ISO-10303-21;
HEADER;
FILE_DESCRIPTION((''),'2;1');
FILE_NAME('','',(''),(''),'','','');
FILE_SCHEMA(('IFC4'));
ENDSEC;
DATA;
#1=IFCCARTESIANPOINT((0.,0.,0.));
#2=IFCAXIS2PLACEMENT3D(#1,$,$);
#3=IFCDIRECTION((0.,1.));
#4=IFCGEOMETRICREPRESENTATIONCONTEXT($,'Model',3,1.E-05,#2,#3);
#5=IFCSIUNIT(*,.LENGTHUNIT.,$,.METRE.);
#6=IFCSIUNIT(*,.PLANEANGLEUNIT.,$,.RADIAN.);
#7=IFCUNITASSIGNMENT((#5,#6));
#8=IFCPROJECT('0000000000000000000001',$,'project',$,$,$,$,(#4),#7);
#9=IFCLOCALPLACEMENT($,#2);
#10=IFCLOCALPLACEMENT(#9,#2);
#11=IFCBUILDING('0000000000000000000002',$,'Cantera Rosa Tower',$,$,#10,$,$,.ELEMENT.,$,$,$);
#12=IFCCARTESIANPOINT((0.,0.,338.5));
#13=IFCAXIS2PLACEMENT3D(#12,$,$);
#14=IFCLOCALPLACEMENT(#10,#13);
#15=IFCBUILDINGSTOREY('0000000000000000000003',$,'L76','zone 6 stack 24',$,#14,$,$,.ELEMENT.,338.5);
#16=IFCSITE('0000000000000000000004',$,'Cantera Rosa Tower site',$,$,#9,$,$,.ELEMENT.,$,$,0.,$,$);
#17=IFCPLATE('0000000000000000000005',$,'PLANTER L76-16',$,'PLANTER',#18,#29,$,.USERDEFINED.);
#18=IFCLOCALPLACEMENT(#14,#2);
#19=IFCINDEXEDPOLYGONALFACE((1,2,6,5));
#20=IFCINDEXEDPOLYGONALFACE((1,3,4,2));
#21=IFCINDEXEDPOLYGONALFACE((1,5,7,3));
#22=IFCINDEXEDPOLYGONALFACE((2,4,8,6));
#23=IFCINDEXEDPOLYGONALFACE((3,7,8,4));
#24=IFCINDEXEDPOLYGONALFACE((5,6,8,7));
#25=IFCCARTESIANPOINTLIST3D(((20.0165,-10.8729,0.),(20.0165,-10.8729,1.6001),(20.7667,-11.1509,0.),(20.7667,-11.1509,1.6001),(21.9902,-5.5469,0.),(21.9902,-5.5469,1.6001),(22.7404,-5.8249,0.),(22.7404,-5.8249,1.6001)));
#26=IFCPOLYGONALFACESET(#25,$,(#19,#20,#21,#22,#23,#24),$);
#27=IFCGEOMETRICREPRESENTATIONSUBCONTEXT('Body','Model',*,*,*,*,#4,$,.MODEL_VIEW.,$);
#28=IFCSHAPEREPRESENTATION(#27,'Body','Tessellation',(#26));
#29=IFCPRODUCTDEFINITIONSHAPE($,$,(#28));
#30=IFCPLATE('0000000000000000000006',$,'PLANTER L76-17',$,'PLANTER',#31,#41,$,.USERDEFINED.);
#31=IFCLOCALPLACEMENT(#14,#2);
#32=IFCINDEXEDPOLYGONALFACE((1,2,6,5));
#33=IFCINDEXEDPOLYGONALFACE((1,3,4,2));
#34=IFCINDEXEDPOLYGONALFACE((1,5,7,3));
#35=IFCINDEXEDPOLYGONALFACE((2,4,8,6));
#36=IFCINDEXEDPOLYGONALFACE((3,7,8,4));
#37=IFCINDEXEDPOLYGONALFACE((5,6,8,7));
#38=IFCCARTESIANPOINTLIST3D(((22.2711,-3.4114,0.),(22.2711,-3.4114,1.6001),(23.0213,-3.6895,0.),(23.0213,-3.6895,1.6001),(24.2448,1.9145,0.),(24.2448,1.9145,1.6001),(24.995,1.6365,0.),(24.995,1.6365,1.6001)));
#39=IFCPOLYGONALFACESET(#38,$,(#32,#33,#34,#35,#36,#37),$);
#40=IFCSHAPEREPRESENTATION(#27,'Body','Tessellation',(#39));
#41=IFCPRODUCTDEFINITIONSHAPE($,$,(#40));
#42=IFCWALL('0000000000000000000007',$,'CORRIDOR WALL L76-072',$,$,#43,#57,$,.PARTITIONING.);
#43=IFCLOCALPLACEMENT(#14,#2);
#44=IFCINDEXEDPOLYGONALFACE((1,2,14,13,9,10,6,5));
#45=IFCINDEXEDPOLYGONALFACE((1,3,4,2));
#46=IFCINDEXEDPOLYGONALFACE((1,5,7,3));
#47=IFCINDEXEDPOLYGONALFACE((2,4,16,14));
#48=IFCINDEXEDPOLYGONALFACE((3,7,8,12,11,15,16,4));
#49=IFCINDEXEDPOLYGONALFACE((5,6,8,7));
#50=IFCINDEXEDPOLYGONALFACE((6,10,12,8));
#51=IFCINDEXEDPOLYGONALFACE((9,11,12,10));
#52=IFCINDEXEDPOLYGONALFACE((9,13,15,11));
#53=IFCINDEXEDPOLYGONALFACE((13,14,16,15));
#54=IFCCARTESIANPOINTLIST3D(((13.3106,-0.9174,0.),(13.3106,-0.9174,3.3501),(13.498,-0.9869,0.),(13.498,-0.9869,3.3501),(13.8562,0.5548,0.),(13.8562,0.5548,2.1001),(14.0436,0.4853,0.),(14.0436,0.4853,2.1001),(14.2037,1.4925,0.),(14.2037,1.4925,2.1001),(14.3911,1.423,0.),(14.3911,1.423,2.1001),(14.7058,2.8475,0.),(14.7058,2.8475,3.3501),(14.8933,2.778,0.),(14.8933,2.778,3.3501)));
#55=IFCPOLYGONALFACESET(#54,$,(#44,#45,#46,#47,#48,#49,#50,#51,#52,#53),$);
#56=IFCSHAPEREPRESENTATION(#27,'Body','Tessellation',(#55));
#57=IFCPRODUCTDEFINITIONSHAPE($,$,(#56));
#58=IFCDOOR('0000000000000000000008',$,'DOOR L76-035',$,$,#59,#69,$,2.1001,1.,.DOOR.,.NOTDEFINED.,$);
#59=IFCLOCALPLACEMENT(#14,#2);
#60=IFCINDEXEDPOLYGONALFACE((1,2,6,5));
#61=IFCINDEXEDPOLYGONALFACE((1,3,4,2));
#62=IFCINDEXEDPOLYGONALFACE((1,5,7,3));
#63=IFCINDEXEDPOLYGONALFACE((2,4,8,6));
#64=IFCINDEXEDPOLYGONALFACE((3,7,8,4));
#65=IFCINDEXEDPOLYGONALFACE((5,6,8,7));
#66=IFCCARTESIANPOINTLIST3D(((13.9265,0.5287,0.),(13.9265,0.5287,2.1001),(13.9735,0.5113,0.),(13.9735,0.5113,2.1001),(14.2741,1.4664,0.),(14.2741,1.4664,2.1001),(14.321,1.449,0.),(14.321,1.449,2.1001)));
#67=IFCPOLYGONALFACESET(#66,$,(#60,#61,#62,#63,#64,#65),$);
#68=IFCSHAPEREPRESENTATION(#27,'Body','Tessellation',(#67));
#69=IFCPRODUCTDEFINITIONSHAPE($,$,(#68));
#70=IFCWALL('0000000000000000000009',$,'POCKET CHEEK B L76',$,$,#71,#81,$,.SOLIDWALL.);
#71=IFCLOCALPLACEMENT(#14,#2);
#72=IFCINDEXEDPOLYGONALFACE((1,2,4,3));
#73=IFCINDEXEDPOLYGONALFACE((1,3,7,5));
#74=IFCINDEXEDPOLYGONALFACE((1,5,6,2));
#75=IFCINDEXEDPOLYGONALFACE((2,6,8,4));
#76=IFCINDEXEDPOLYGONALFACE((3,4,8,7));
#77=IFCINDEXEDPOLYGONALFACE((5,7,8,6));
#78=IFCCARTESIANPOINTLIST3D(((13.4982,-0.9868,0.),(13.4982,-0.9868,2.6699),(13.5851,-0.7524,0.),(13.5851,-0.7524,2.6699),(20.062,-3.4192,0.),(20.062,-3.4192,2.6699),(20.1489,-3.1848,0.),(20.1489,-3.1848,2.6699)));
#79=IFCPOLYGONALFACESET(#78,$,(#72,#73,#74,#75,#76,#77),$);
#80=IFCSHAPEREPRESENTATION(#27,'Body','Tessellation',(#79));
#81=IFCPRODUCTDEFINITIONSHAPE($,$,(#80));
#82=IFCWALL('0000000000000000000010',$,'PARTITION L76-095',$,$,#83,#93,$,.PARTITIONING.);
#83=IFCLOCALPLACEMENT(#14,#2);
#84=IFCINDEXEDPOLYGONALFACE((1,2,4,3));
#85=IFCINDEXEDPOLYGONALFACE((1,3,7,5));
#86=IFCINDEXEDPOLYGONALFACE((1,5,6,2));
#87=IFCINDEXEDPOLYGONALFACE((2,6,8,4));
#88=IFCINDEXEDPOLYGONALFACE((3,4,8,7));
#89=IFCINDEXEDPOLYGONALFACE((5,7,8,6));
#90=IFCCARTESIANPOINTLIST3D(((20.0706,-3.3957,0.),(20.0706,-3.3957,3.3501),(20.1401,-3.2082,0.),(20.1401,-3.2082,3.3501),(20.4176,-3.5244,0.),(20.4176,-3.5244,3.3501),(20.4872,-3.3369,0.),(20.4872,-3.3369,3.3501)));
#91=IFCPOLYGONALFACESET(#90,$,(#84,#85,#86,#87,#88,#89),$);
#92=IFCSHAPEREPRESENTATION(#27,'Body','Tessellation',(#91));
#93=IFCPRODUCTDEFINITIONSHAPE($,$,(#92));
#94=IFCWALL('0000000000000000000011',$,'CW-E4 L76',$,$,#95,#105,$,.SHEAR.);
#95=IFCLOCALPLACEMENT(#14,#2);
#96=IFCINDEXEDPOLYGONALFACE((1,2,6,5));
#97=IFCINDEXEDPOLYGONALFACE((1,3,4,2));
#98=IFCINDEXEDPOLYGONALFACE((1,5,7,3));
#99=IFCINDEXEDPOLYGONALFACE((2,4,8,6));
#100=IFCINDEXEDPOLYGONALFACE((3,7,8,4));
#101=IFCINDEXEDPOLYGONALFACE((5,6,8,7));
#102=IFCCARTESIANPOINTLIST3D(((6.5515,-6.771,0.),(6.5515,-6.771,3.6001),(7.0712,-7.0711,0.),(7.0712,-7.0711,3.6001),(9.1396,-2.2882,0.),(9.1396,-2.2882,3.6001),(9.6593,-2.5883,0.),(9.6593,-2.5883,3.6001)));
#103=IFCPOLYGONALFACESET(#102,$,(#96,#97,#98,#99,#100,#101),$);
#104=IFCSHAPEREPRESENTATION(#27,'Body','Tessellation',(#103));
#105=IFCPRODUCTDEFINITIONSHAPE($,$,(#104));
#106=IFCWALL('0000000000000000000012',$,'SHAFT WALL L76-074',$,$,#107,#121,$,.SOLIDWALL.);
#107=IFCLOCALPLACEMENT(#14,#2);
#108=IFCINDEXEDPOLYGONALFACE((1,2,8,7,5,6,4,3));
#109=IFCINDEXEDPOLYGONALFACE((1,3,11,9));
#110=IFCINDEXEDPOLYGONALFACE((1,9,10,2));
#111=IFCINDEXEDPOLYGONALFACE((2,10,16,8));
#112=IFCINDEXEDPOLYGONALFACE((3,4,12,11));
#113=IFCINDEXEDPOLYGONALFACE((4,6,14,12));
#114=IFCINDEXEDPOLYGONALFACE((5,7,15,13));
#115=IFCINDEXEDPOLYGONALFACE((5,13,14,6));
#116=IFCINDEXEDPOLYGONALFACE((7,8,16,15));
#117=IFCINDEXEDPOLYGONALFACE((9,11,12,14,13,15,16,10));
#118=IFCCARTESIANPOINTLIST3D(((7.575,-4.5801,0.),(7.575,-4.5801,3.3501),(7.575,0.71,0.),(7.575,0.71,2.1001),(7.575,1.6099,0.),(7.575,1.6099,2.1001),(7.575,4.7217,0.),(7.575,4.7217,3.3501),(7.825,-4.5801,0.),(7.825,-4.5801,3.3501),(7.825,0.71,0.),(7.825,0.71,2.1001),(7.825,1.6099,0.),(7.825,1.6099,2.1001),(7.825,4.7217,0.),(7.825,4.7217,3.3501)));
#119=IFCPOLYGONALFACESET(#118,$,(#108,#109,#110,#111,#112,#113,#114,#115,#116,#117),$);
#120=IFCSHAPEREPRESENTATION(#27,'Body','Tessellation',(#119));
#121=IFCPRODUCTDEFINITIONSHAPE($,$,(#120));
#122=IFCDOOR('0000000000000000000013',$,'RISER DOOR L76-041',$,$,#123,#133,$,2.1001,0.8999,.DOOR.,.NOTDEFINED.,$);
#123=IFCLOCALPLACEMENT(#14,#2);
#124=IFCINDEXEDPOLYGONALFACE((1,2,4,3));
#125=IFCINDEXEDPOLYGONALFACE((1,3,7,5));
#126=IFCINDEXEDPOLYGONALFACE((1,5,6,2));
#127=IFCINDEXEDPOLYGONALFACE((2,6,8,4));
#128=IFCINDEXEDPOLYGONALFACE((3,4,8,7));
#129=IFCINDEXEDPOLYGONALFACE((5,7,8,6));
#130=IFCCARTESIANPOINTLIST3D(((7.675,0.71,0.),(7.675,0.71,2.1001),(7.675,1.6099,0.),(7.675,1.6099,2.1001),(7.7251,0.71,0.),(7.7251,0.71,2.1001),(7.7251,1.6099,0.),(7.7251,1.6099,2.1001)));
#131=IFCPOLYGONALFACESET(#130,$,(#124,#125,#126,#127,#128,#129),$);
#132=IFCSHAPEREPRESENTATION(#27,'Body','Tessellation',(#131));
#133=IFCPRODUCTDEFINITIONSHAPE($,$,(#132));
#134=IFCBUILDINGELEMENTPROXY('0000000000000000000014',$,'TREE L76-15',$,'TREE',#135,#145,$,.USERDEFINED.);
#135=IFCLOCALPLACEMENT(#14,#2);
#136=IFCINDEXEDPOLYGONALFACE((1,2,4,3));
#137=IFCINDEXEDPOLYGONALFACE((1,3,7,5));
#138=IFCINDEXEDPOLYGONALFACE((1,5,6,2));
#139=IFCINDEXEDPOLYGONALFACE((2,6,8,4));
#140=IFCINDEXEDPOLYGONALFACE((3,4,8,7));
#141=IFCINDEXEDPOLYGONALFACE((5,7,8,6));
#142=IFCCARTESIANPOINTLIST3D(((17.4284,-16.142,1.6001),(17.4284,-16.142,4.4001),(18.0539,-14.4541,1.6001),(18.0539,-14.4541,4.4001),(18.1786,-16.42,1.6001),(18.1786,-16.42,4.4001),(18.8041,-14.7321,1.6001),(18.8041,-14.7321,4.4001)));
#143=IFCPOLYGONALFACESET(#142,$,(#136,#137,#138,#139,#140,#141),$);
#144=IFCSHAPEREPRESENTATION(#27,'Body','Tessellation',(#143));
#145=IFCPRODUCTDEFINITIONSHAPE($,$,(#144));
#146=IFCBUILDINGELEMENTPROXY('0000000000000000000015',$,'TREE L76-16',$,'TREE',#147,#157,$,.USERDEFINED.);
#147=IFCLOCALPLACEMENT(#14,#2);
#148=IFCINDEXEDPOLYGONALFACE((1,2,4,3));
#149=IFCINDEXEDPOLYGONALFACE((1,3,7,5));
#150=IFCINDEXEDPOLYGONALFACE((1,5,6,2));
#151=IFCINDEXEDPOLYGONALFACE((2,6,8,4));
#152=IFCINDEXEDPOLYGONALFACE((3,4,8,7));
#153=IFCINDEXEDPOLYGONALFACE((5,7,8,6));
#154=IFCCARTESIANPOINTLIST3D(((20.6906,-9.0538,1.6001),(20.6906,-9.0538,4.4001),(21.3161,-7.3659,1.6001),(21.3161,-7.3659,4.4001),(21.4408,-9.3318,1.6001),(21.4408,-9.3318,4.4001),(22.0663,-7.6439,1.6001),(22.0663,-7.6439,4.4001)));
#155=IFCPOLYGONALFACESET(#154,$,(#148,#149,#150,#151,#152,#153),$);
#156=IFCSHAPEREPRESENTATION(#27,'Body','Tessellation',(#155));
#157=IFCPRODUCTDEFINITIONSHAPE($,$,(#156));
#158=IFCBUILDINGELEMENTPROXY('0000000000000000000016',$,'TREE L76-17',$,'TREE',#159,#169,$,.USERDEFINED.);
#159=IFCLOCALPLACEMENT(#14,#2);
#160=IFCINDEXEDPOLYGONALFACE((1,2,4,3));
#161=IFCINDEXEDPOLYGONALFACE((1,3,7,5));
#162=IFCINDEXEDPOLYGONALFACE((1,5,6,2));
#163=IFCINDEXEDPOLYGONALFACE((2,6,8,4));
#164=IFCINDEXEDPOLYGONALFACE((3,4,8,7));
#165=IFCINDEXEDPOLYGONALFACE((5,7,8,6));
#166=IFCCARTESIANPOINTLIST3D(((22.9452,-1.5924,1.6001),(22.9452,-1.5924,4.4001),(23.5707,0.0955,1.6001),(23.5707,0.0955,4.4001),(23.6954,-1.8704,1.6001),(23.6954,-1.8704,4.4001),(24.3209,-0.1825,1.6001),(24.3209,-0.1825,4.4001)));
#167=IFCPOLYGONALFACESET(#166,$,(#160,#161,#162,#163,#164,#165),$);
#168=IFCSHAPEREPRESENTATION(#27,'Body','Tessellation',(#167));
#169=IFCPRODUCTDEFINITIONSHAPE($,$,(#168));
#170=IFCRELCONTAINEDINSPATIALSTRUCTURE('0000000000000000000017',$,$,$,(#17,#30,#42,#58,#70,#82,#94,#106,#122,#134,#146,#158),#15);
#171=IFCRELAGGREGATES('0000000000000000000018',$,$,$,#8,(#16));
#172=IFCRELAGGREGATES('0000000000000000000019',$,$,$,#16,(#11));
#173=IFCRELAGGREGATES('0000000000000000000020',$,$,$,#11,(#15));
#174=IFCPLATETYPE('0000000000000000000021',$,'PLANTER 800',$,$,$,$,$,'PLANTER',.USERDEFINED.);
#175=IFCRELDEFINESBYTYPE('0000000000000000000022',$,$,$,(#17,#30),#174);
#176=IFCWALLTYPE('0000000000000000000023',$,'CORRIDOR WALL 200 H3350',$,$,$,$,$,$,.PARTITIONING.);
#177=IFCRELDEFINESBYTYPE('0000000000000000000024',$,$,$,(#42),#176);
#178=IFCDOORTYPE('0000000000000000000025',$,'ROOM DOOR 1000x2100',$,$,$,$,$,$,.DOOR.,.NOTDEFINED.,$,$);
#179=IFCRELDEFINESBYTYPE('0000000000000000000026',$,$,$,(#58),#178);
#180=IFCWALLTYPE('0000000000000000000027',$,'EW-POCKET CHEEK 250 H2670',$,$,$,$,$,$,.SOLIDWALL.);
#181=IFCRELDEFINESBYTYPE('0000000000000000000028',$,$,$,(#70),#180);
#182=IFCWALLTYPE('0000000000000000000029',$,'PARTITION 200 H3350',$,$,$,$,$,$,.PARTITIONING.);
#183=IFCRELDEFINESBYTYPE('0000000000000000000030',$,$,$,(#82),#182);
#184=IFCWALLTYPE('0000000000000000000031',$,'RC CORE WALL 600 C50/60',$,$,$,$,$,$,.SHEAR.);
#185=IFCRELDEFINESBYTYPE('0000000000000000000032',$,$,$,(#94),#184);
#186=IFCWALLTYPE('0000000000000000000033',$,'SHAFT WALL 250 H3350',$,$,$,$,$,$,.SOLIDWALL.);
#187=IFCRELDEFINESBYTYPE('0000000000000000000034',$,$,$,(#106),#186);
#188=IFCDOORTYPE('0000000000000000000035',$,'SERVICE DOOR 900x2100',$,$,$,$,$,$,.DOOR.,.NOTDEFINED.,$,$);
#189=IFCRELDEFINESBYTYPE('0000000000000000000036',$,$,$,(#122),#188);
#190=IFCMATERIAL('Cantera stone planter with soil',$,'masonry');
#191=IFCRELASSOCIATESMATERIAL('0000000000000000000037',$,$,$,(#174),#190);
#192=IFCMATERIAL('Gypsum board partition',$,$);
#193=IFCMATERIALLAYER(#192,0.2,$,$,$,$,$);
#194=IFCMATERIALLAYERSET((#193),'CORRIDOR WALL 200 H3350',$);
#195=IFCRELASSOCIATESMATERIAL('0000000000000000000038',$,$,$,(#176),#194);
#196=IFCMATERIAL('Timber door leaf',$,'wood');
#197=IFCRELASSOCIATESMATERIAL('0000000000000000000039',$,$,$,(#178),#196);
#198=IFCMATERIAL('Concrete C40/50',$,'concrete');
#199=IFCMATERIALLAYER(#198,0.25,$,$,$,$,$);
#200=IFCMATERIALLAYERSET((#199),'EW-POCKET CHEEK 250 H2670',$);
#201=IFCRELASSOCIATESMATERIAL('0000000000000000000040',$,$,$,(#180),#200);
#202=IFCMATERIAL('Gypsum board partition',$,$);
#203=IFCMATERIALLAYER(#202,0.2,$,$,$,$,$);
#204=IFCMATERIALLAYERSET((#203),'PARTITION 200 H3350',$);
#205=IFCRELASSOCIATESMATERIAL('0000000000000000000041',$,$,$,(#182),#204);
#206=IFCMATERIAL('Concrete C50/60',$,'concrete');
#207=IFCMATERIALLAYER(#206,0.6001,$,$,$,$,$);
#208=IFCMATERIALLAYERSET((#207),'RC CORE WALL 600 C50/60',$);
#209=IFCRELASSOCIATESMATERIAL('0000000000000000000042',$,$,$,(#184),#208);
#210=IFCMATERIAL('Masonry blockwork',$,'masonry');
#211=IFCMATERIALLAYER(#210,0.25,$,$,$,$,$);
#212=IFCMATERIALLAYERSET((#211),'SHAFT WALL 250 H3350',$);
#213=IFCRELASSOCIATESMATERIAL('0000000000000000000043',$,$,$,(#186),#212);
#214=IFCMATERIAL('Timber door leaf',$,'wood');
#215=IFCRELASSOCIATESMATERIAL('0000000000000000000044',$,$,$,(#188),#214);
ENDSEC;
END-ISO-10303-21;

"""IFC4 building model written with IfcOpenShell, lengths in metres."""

from ifc_helpers import new_model, si_unit, direction, frame, frame_2d, origin, origin_2d, place, context, subcontext, project, spatial, rectangle, extrude, material, layer, layer_set, type_object, element, fill, save


model = new_model("IFC4")

# Units and contexts
model_context = context("Model", 3, precision=1e-05, world=origin(), true_north=direction((0.0, 1.0)))
body_context = subcontext(model_context, "Body", "Model", "MODEL_VIEW")
ifc_project = project(units=[si_unit("LENGTHUNIT", "METRE"), si_unit("PLANEANGLEUNIT", "RADIAN")], contexts=[model_context])

# Site, building, storey
site_placement = place(None, origin())
site = spatial("IfcSite", under=ifc_project, at=site_placement, Name="Cantera Rosa Tower site", CompositionType="ELEMENT", RefElevation=0.0)
building_placement = place(site_placement, origin())
building = spatial("IfcBuilding", under=site, at=building_placement, Name="Cantera Rosa Tower", CompositionType="ELEMENT")
storey_placement = place(building_placement, frame((0.0, 0.0, 338.5)))
storey = spatial("IfcBuildingStorey", under=building, at=storey_placement, Name="L76", Description="zone 6 stack 24", CompositionType="ELEMENT", Elevation=338.5)

# Plates
ifc_material_1 = material(Name="Cantera stone planter with soil", Category="masonry")
plate_type = type_object("IfcPlateType", Name="PLANTER 800", ElementType="PLANTER", PredefinedType="USERDEFINED", material=ifc_material_1)
for number, where, z_axis, x_axis, name in (
    (1, (21.3784, -8.3489, 0.0), (0.0, 0.0, 1.0), (0.347481, 0.937687, 0.0), "PLANTER L76-16"),
    (2, (23.6331, -0.8875, 0.0), (0.0, 0.0, 1.0), (0.347481, 0.937687, 0.0), "PLANTER L76-17"),
):
    element("IfcPlate", number, at=place(storey_placement, frame(where, z_axis=z_axis, x_axis=x_axis)), inside=storey, type_object=plate_type, Name=name, ObjectType="PLANTER", PredefinedType="USERDEFINED", context=body_context, shape_type="SweptSolid", body=[
        extrude(rectangle(XDim=5.6799, YDim=0.8, at=origin_2d()), origin(), (0.0, 0.0, 1.0), 1.6001),
    ])

# Wall, opening, door
ifc_material_2 = material(Name="Gypsum board partition")
ifc_layer_1 = layer(ifc_material_2, 0.2)
ifc_layer_set_1 = layer_set([ifc_layer_1], Name="CORRIDOR WALL 200 H3350")
wall_type_1 = type_object("IfcWallType", Name="CORRIDOR WALL 200 H3350", PredefinedType="PARTITIONING", material=ifc_layer_set_1)
wall_1_placement = place(storey_placement, frame((13.4043, -0.9521, 0.0), z_axis=(0.0, 0.0, 1.0), x_axis=(0.347502, 0.937679, 0.0)))
wall_1 = element("IfcWall", 3, at=wall_1_placement, inside=storey, type_object=wall_type_1, Name="CORRIDOR WALL L76-072", PredefinedType="PARTITIONING", context=body_context, shape_type="SweptSolid", body=[
    extrude(rectangle(XDim=4.0151, YDim=0.2, at=frame_2d((2.0076, 0.0))), origin(), (0.0, 0.0, 1.0), 3.3501),
])
opening_1_placement = place(wall_1_placement, frame((1.5701, 0.0, 0.0)))
opening_1 = element("IfcOpeningElement", 4, at=opening_1_placement, cuts=wall_1, PredefinedType="OPENING", context=body_context, shape_type="SweptSolid", body=[
    extrude(rectangle(XDim=1.0, YDim=2.1001, at=frame_2d((0.5, 1.05))), frame((0.0, 0.1099, 0.0), z_axis=(0.0, -1.0, 0.0), x_axis=(1.0, 0.0, 0.0)), (0.0, 0.0, 1.0), 0.22),
])
ifc_material_3 = material(Name="Timber door leaf", Category="wood")
door_type_1 = type_object("IfcDoorType", Name="ROOM DOOR 1000x2100", OperationType="NOTDEFINED", PredefinedType="DOOR", material=ifc_material_3)
door_1_placement = place(opening_1_placement, origin())
door_1 = element("IfcDoor", 5, at=door_1_placement, inside=storey, type_object=door_type_1, Name="DOOR L76-035", OperationType="NOTDEFINED", OverallHeight=2.1001, OverallWidth=1.0, PredefinedType="DOOR", context=body_context, shape_type="SweptSolid", body=[
    extrude(rectangle(XDim=1.0, YDim=2.1001, at=frame_2d((0.5, 1.05))), frame((0.0, 0.0249, 0.0), z_axis=(0.0, -1.0, 0.0), x_axis=(1.0, 0.0, 0.0)), (0.0, 0.0, 1.0), 0.05),
])
fill(opening_1, door_1)

# Wall
ifc_material_4 = material(Name="Concrete C40/50", Category="concrete")
ifc_layer_2 = layer(ifc_material_4, 0.25)
ifc_layer_set_2 = layer_set([ifc_layer_2], Name="EW-POCKET CHEEK 250 H2670")
wall_type_2 = type_object("IfcWallType", Name="EW-POCKET CHEEK 250 H2670", PredefinedType="SOLIDWALL", material=ifc_layer_set_2)
wall_2_placement = place(storey_placement, frame((20.1055, -3.302, 0.0), z_axis=(0.0, 0.0, 1.0), x_axis=(-0.937685, 0.347486, 0.0)))
element("IfcWall", 6, at=wall_2_placement, inside=storey, type_object=wall_type_2, Name="POCKET CHEEK B L76", PredefinedType="SOLIDWALL", context=body_context, shape_type="SweptSolid", body=[
    extrude(rectangle(XDim=7.0, YDim=0.25, at=frame_2d((3.5, 0.0))), origin(), (0.0, 0.0, 1.0), 2.6699),
])

# Walls
ifc_material_5 = material(Name="Gypsum board partition")
ifc_layer_3 = layer(ifc_material_5, 0.2)
ifc_layer_set_3 = layer_set([ifc_layer_3], Name="PARTITION 200 H3350")
wall_type_3 = type_object("IfcWallType", Name="PARTITION 200 H3350", PredefinedType="PARTITIONING", material=ifc_layer_set_3)
wall_3_placement = place(storey_placement, frame((20.4524, -3.4307, 0.0), z_axis=(0.0, 0.0, 1.0), x_axis=(-0.937597, 0.347723, 0.0)))
element("IfcWall", 7, at=wall_3_placement, inside=storey, type_object=wall_type_3, Name="PARTITION L76-095", PredefinedType="PARTITIONING", context=body_context, shape_type="SweptSolid", body=[
    extrude(rectangle(XDim=0.3701, YDim=0.2, at=frame_2d((0.1851, 0.0))), origin(), (0.0, 0.0, 1.0), 3.3501),
])
ifc_material_6 = material(Name="Concrete C50/60", Category="concrete")
ifc_layer_4 = layer(ifc_material_6, 0.6001)
ifc_layer_set_4 = layer_set([ifc_layer_4], Name="RC CORE WALL 600 C50/60")
wall_type_4 = type_object("IfcWallType", Name="RC CORE WALL 600 C50/60", PredefinedType="SHEAR", material=ifc_layer_set_4)
wall_4_placement = place(storey_placement, frame((9.3994, -2.4382, 0.0), z_axis=(0.0, 0.0, 1.0), x_axis=(-0.499989, -0.866032, 0.0)))
element("IfcWall", 8, at=wall_4_placement, inside=storey, type_object=wall_type_4, Name="CW-E4 L76", PredefinedType="SHEAR", context=body_context, shape_type="SweptSolid", body=[
    extrude(rectangle(XDim=5.1763, YDim=0.6001, at=frame_2d((2.5881, 0.0))), origin(), (0.0, 0.0, 1.0), 3.6001),
])
ifc_material_7 = material(Name="Masonry blockwork", Category="masonry")
ifc_layer_5 = layer(ifc_material_7, 0.25)
ifc_layer_set_5 = layer_set([ifc_layer_5], Name="SHAFT WALL 250 H3350")
wall_type_5 = type_object("IfcWallType", Name="SHAFT WALL 250 H3350", PredefinedType="SOLIDWALL", material=ifc_layer_set_5)

# Wall, opening, door
wall_5_placement = place(storey_placement, frame((7.7, -4.5801, 0.0), z_axis=(0.0, 0.0, 1.0), x_axis=(0.0, 1.0, 0.0)))
wall_5 = element("IfcWall", 9, at=wall_5_placement, inside=storey, type_object=wall_type_5, Name="SHAFT WALL L76-074", PredefinedType="SOLIDWALL", context=body_context, shape_type="SweptSolid", body=[
    extrude(rectangle(XDim=9.3018, YDim=0.25, at=frame_2d((4.6509, 0.0))), origin(), (0.0, 0.0, 1.0), 3.3501),
])
opening_2_placement = place(wall_5_placement, frame((5.29, 0.0, 0.0)))
opening_2 = element("IfcOpeningElement", 10, at=opening_2_placement, cuts=wall_5, PredefinedType="OPENING", context=body_context, shape_type="SweptSolid", body=[
    extrude(rectangle(XDim=0.8999, YDim=2.1001, at=frame_2d((0.45, 1.05))), frame((0.0, 0.135, 0.0), z_axis=(0.0, -1.0, 0.0), x_axis=(1.0, 0.0, 0.0)), (0.0, 0.0, 1.0), 0.27),
])
ifc_material_8 = material(Name="Timber door leaf", Category="wood")
door_type_2 = type_object("IfcDoorType", Name="SERVICE DOOR 900x2100", OperationType="NOTDEFINED", PredefinedType="DOOR", material=ifc_material_8)
door_2_placement = place(opening_2_placement, origin())
door_2 = element("IfcDoor", 11, at=door_2_placement, inside=storey, type_object=door_type_2, Name="RISER DOOR L76-041", OperationType="NOTDEFINED", OverallHeight=2.1001, OverallWidth=0.8999, PredefinedType="DOOR", context=body_context, shape_type="SweptSolid", body=[
    extrude(rectangle(XDim=0.8999, YDim=2.1001, at=frame_2d((0.45, 1.05))), frame((0.0, 0.0249, 0.0), z_axis=(0.0, -1.0, 0.0), x_axis=(1.0, 0.0, 0.0)), (0.0, 0.0, 1.0), 0.05),
])
fill(opening_2, door_2)

# Building element proxies
for number, where, z_axis, x_axis, name in (
    (12, (18.1162, -15.437, 1.6001), (0.0, 0.0, 1.0), (0.347481, 0.937687, 0.0), "TREE L76-15"),
    (13, (21.3784, -8.3489, 1.6001), (0.0, 0.0, 1.0), (0.347481, 0.937687, 0.0), "TREE L76-16"),
    (14, (23.6331, -0.8875, 1.6001), (0.0, 0.0, 1.0), (0.347481, 0.937687, 0.0), "TREE L76-17"),
):
    element("IfcBuildingElementProxy", number, at=place(storey_placement, frame(where, z_axis=z_axis, x_axis=x_axis)), inside=storey, Name=name, ObjectType="TREE", PredefinedType="USERDEFINED", context=body_context, shape_type="SweptSolid", body=[
        extrude(rectangle(XDim=1.8, YDim=0.8, at=origin_2d()), origin(), (0.0, 0.0, 1.0), 2.8),
    ])

save(model, "model.ifc")
